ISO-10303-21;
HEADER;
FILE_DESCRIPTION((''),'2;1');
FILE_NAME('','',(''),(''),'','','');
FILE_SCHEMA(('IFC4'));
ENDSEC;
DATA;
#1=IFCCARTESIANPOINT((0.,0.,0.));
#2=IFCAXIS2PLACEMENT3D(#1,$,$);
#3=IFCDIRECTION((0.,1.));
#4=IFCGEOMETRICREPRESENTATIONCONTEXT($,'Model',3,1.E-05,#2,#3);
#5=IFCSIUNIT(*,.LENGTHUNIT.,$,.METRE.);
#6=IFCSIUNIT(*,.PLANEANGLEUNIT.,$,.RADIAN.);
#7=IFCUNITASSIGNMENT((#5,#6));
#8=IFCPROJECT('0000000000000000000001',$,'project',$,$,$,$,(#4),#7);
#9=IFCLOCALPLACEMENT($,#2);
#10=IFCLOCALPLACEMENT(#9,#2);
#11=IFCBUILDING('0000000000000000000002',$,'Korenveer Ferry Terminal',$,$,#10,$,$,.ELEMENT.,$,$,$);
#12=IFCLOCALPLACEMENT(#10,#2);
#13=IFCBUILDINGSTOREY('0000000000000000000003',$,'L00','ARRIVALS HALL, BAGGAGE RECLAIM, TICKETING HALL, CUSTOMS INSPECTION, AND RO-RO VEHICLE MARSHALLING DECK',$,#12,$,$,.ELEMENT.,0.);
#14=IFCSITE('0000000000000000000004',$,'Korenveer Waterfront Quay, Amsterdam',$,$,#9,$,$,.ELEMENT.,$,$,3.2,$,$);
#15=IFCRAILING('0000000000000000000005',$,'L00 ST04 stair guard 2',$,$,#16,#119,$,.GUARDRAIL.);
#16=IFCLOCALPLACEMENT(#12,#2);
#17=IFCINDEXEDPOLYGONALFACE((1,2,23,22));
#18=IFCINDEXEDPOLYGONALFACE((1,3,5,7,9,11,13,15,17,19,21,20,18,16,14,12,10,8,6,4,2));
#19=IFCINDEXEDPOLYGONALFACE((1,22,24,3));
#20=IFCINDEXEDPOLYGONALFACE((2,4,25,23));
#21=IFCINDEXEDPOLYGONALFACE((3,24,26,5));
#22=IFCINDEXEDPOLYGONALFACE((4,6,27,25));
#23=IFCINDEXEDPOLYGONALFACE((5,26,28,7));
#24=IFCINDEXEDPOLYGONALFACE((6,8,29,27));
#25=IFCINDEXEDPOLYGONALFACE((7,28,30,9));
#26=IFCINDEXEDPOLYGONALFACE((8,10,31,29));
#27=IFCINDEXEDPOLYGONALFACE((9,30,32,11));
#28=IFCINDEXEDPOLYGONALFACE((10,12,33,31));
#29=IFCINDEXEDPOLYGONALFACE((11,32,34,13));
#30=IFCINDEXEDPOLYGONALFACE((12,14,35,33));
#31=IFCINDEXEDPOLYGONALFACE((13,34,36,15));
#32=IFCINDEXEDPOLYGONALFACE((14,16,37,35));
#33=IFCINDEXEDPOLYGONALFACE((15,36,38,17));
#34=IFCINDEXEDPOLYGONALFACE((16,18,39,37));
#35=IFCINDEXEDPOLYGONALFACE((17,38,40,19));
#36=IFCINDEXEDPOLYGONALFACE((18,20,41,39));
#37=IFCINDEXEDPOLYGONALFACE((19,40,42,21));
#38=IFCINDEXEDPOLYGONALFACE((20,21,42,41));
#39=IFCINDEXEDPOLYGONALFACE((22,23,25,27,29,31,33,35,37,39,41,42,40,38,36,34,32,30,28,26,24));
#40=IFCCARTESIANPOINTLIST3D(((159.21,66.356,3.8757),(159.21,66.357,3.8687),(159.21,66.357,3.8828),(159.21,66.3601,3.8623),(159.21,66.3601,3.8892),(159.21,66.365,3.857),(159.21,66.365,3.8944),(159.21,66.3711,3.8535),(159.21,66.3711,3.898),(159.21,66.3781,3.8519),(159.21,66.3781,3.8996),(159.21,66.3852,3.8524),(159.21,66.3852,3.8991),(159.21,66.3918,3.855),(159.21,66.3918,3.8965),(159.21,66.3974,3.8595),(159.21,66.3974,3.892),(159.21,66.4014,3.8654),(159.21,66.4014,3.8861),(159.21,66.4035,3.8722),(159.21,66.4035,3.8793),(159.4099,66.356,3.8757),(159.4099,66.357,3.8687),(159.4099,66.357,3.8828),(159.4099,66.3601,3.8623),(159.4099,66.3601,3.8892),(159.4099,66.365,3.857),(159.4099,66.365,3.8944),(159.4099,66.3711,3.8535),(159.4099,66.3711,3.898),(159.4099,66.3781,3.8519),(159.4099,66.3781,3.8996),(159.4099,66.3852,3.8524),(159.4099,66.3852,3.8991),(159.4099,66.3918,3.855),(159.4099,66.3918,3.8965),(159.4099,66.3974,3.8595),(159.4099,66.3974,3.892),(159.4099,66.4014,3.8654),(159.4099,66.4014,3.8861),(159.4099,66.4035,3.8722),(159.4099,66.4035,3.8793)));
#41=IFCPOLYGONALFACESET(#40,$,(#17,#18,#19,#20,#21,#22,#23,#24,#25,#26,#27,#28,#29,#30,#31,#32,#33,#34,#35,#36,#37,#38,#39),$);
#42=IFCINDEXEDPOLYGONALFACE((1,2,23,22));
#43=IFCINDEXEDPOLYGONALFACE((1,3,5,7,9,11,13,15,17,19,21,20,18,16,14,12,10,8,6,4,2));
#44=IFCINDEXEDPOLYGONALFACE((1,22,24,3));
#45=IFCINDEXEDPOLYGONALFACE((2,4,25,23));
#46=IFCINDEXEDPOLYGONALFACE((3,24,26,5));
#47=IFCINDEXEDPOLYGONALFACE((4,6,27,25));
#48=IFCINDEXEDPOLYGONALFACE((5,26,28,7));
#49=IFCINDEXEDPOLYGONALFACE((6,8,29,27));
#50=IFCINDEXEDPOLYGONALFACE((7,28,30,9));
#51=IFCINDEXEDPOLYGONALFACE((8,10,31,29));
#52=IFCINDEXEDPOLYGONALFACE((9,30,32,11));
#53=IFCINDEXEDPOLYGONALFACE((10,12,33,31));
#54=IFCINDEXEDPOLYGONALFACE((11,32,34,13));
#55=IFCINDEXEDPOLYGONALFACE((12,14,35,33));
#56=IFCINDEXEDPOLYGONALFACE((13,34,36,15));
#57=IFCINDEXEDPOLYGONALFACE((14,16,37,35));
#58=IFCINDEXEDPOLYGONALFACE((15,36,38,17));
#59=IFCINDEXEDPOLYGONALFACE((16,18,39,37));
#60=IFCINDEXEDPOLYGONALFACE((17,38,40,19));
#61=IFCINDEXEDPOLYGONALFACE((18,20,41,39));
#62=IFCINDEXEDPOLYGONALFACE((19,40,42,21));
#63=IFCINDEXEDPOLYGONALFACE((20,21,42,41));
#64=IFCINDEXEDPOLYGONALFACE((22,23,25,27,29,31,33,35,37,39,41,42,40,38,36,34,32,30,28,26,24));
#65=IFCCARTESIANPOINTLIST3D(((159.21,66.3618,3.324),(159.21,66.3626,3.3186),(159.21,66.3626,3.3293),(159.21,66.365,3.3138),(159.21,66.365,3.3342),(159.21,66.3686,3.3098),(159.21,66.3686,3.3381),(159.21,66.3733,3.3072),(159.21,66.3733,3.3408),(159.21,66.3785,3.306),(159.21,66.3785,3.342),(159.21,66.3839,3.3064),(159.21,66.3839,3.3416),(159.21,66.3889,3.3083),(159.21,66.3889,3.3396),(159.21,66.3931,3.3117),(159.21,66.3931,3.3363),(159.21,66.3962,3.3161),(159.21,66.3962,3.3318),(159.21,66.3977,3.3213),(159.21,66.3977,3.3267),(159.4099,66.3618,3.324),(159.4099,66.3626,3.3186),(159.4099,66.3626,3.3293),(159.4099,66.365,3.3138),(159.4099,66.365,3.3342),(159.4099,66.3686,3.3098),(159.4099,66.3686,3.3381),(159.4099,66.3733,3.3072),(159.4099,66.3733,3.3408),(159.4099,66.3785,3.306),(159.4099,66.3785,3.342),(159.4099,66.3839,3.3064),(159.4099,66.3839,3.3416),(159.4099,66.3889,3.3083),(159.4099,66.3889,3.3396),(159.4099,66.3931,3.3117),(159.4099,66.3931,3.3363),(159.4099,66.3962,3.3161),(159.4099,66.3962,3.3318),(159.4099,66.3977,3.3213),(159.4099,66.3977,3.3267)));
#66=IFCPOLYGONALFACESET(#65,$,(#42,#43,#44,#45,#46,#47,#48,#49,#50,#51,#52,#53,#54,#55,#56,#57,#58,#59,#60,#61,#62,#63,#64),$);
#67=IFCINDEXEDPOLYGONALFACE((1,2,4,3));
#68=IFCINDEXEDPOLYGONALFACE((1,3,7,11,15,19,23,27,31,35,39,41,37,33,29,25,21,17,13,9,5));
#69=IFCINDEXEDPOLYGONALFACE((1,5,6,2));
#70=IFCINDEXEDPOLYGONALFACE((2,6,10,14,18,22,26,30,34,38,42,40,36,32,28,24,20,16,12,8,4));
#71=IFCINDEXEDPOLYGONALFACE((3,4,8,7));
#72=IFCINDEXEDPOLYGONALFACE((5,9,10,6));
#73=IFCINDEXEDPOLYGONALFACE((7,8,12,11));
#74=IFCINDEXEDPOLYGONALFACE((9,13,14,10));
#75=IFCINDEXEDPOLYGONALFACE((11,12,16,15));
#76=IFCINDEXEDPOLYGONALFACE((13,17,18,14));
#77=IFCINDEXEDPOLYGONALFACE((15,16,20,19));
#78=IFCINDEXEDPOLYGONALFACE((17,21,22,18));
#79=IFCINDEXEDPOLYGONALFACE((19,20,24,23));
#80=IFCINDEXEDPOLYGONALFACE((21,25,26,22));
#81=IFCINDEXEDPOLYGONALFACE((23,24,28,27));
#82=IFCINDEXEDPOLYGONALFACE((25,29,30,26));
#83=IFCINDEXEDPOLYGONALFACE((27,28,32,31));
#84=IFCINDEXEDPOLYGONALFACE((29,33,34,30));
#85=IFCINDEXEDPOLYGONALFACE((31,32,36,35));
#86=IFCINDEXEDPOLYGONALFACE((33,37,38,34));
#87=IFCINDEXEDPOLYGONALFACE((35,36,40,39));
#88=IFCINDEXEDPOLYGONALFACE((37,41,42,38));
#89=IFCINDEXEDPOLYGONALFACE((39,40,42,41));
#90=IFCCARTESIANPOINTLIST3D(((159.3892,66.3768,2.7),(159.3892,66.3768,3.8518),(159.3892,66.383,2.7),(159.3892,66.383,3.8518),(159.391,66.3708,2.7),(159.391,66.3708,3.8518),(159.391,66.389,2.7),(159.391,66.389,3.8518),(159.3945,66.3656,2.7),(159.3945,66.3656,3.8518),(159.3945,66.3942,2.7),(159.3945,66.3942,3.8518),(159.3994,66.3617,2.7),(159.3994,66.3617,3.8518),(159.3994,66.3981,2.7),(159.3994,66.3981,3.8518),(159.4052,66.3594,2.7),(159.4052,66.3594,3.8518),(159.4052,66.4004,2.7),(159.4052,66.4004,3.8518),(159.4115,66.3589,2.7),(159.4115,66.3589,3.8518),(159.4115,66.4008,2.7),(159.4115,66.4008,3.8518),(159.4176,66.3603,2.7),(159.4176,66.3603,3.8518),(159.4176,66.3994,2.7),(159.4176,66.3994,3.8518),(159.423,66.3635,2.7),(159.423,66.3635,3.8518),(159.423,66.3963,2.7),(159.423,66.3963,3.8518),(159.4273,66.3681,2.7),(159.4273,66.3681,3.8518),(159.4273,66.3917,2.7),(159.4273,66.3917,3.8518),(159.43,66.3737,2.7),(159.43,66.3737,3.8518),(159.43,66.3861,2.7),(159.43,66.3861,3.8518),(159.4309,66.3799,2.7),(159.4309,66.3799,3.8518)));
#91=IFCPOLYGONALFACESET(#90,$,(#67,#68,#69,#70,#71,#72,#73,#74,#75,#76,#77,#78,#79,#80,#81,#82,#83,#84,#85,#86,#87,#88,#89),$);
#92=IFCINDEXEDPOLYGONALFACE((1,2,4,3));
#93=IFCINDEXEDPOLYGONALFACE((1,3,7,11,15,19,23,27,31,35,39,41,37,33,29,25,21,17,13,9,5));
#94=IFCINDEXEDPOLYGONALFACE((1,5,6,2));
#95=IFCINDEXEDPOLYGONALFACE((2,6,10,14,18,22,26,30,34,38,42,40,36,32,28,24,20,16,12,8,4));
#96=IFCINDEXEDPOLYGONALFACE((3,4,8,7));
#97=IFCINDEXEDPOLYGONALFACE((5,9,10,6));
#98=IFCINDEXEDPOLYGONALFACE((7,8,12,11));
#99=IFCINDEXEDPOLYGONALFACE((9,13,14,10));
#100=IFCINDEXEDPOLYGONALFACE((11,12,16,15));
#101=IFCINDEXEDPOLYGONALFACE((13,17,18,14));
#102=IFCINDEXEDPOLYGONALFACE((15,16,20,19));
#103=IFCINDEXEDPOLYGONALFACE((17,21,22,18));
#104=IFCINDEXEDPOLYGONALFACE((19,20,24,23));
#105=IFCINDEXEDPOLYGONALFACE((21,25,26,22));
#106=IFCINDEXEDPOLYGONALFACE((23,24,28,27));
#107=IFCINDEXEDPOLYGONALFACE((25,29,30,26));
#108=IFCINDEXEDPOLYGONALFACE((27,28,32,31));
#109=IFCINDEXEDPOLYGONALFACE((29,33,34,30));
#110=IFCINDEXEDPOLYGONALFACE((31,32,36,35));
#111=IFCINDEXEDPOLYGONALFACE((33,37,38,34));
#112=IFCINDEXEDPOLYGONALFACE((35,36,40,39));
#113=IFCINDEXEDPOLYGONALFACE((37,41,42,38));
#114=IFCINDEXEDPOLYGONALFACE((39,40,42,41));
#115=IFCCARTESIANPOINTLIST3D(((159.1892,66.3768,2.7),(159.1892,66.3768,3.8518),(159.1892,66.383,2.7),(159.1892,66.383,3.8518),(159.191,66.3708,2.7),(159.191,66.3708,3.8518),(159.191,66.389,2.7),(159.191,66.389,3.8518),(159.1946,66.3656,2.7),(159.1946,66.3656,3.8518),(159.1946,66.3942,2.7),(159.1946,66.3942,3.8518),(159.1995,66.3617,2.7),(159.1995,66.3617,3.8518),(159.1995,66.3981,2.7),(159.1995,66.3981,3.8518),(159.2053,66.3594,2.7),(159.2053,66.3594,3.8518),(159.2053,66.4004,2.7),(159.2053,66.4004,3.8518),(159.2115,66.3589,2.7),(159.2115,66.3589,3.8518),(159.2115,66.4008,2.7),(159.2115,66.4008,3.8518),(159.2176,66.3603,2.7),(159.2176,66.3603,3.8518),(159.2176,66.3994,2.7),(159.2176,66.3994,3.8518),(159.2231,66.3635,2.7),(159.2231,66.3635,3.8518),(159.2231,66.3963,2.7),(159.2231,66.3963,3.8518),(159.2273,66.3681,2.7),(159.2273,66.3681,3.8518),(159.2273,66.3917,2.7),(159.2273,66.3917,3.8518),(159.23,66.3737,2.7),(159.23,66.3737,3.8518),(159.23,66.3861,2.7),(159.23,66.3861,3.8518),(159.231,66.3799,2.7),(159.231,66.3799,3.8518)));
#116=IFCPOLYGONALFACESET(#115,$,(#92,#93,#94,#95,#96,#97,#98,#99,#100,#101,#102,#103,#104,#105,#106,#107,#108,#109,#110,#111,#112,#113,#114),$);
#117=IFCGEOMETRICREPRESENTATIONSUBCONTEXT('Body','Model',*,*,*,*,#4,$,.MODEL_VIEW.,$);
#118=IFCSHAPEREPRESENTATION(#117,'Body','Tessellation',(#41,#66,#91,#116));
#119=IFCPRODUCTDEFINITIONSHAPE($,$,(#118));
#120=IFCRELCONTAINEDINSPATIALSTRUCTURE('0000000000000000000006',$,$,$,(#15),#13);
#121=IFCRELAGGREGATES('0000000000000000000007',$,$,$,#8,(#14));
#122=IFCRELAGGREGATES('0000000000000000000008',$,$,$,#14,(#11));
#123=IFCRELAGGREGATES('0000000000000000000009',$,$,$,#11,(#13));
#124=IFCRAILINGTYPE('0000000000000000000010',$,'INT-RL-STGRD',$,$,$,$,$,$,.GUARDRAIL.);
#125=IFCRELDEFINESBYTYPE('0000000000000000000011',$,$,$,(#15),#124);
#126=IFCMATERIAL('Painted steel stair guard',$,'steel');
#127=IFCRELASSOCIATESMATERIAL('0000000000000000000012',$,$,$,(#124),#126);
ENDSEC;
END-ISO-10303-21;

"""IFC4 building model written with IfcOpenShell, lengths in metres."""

from ifc_helpers import new_model, si_unit, direction, frame, origin, origin_2d, place, context, subcontext, project, spatial, circle, extrude, material, type_object, element, save


model = new_model("IFC4")

# Units and contexts
model_context = context("Model", 3, precision=1e-05, world=origin(), true_north=direction((0.0, 1.0)))
body_context = subcontext(model_context, "Body", "Model", "MODEL_VIEW")
ifc_project = project(units=[si_unit("LENGTHUNIT", "METRE"), si_unit("PLANEANGLEUNIT", "RADIAN")], contexts=[model_context])

# Site, building, storey
site_placement = place(None, origin())
site = spatial("IfcSite", under=ifc_project, at=site_placement, Name="Korenveer Waterfront Quay, Amsterdam", CompositionType="ELEMENT", RefElevation=3.2)
building_placement = place(site_placement, origin())
building = spatial("IfcBuilding", under=site, at=building_placement, Name="Korenveer Ferry Terminal", CompositionType="ELEMENT")
storey_placement = place(building_placement, origin())
storey = spatial("IfcBuildingStorey", under=building, at=storey_placement, Name="L00", Description="ARRIVALS HALL, BAGGAGE RECLAIM, TICKETING HALL, CUSTOMS INSPECTION, AND RO-RO VEHICLE MARSHALLING DECK", CompositionType="ELEMENT", Elevation=0.0)

# Railing
ifc_material_1 = material(Name="Painted steel stair guard", Category="steel")
railing_type_1 = type_object("IfcRailingType", Name="INT-RL-STGRD", PredefinedType="GUARDRAIL", material=ifc_material_1)
railing_1_placement = place(storey_placement, frame((159.4099, 66.3799, 2.7)))
element("IfcRailing", 1, at=railing_1_placement, inside=storey, type_object=railing_type_1, Name="L00 ST04 stair guard 2", PredefinedType="GUARDRAIL", context=body_context, shape_type="SweptSolid", body=[
    extrude(circle(Radius=0.0239, at=origin_2d()), frame((0.0, 0.0, 1.1758), z_axis=(-1.0, 0.0, 0.0), x_axis=(0.0, -1.0, 0.0)), (0.0, 0.0, 1.0), 0.2),
    extrude(circle(Radius=0.0181, at=origin_2d()), frame((0.0, 0.0, 0.624), z_axis=(-1.0, 0.0, 0.0), x_axis=(0.0, -1.0, 0.0)), (0.0, 0.0, 1.0), 0.2),
    extrude(circle(Radius=0.021, at=origin_2d()), origin(), (0.0, 0.0, 1.0), 1.1519),
    extrude(circle(Radius=0.021, at=origin_2d()), frame((-0.2, 0.0, 0.0)), (0.0, 0.0, 1.0), 1.1519),
])

save(model, "model.ifc")
